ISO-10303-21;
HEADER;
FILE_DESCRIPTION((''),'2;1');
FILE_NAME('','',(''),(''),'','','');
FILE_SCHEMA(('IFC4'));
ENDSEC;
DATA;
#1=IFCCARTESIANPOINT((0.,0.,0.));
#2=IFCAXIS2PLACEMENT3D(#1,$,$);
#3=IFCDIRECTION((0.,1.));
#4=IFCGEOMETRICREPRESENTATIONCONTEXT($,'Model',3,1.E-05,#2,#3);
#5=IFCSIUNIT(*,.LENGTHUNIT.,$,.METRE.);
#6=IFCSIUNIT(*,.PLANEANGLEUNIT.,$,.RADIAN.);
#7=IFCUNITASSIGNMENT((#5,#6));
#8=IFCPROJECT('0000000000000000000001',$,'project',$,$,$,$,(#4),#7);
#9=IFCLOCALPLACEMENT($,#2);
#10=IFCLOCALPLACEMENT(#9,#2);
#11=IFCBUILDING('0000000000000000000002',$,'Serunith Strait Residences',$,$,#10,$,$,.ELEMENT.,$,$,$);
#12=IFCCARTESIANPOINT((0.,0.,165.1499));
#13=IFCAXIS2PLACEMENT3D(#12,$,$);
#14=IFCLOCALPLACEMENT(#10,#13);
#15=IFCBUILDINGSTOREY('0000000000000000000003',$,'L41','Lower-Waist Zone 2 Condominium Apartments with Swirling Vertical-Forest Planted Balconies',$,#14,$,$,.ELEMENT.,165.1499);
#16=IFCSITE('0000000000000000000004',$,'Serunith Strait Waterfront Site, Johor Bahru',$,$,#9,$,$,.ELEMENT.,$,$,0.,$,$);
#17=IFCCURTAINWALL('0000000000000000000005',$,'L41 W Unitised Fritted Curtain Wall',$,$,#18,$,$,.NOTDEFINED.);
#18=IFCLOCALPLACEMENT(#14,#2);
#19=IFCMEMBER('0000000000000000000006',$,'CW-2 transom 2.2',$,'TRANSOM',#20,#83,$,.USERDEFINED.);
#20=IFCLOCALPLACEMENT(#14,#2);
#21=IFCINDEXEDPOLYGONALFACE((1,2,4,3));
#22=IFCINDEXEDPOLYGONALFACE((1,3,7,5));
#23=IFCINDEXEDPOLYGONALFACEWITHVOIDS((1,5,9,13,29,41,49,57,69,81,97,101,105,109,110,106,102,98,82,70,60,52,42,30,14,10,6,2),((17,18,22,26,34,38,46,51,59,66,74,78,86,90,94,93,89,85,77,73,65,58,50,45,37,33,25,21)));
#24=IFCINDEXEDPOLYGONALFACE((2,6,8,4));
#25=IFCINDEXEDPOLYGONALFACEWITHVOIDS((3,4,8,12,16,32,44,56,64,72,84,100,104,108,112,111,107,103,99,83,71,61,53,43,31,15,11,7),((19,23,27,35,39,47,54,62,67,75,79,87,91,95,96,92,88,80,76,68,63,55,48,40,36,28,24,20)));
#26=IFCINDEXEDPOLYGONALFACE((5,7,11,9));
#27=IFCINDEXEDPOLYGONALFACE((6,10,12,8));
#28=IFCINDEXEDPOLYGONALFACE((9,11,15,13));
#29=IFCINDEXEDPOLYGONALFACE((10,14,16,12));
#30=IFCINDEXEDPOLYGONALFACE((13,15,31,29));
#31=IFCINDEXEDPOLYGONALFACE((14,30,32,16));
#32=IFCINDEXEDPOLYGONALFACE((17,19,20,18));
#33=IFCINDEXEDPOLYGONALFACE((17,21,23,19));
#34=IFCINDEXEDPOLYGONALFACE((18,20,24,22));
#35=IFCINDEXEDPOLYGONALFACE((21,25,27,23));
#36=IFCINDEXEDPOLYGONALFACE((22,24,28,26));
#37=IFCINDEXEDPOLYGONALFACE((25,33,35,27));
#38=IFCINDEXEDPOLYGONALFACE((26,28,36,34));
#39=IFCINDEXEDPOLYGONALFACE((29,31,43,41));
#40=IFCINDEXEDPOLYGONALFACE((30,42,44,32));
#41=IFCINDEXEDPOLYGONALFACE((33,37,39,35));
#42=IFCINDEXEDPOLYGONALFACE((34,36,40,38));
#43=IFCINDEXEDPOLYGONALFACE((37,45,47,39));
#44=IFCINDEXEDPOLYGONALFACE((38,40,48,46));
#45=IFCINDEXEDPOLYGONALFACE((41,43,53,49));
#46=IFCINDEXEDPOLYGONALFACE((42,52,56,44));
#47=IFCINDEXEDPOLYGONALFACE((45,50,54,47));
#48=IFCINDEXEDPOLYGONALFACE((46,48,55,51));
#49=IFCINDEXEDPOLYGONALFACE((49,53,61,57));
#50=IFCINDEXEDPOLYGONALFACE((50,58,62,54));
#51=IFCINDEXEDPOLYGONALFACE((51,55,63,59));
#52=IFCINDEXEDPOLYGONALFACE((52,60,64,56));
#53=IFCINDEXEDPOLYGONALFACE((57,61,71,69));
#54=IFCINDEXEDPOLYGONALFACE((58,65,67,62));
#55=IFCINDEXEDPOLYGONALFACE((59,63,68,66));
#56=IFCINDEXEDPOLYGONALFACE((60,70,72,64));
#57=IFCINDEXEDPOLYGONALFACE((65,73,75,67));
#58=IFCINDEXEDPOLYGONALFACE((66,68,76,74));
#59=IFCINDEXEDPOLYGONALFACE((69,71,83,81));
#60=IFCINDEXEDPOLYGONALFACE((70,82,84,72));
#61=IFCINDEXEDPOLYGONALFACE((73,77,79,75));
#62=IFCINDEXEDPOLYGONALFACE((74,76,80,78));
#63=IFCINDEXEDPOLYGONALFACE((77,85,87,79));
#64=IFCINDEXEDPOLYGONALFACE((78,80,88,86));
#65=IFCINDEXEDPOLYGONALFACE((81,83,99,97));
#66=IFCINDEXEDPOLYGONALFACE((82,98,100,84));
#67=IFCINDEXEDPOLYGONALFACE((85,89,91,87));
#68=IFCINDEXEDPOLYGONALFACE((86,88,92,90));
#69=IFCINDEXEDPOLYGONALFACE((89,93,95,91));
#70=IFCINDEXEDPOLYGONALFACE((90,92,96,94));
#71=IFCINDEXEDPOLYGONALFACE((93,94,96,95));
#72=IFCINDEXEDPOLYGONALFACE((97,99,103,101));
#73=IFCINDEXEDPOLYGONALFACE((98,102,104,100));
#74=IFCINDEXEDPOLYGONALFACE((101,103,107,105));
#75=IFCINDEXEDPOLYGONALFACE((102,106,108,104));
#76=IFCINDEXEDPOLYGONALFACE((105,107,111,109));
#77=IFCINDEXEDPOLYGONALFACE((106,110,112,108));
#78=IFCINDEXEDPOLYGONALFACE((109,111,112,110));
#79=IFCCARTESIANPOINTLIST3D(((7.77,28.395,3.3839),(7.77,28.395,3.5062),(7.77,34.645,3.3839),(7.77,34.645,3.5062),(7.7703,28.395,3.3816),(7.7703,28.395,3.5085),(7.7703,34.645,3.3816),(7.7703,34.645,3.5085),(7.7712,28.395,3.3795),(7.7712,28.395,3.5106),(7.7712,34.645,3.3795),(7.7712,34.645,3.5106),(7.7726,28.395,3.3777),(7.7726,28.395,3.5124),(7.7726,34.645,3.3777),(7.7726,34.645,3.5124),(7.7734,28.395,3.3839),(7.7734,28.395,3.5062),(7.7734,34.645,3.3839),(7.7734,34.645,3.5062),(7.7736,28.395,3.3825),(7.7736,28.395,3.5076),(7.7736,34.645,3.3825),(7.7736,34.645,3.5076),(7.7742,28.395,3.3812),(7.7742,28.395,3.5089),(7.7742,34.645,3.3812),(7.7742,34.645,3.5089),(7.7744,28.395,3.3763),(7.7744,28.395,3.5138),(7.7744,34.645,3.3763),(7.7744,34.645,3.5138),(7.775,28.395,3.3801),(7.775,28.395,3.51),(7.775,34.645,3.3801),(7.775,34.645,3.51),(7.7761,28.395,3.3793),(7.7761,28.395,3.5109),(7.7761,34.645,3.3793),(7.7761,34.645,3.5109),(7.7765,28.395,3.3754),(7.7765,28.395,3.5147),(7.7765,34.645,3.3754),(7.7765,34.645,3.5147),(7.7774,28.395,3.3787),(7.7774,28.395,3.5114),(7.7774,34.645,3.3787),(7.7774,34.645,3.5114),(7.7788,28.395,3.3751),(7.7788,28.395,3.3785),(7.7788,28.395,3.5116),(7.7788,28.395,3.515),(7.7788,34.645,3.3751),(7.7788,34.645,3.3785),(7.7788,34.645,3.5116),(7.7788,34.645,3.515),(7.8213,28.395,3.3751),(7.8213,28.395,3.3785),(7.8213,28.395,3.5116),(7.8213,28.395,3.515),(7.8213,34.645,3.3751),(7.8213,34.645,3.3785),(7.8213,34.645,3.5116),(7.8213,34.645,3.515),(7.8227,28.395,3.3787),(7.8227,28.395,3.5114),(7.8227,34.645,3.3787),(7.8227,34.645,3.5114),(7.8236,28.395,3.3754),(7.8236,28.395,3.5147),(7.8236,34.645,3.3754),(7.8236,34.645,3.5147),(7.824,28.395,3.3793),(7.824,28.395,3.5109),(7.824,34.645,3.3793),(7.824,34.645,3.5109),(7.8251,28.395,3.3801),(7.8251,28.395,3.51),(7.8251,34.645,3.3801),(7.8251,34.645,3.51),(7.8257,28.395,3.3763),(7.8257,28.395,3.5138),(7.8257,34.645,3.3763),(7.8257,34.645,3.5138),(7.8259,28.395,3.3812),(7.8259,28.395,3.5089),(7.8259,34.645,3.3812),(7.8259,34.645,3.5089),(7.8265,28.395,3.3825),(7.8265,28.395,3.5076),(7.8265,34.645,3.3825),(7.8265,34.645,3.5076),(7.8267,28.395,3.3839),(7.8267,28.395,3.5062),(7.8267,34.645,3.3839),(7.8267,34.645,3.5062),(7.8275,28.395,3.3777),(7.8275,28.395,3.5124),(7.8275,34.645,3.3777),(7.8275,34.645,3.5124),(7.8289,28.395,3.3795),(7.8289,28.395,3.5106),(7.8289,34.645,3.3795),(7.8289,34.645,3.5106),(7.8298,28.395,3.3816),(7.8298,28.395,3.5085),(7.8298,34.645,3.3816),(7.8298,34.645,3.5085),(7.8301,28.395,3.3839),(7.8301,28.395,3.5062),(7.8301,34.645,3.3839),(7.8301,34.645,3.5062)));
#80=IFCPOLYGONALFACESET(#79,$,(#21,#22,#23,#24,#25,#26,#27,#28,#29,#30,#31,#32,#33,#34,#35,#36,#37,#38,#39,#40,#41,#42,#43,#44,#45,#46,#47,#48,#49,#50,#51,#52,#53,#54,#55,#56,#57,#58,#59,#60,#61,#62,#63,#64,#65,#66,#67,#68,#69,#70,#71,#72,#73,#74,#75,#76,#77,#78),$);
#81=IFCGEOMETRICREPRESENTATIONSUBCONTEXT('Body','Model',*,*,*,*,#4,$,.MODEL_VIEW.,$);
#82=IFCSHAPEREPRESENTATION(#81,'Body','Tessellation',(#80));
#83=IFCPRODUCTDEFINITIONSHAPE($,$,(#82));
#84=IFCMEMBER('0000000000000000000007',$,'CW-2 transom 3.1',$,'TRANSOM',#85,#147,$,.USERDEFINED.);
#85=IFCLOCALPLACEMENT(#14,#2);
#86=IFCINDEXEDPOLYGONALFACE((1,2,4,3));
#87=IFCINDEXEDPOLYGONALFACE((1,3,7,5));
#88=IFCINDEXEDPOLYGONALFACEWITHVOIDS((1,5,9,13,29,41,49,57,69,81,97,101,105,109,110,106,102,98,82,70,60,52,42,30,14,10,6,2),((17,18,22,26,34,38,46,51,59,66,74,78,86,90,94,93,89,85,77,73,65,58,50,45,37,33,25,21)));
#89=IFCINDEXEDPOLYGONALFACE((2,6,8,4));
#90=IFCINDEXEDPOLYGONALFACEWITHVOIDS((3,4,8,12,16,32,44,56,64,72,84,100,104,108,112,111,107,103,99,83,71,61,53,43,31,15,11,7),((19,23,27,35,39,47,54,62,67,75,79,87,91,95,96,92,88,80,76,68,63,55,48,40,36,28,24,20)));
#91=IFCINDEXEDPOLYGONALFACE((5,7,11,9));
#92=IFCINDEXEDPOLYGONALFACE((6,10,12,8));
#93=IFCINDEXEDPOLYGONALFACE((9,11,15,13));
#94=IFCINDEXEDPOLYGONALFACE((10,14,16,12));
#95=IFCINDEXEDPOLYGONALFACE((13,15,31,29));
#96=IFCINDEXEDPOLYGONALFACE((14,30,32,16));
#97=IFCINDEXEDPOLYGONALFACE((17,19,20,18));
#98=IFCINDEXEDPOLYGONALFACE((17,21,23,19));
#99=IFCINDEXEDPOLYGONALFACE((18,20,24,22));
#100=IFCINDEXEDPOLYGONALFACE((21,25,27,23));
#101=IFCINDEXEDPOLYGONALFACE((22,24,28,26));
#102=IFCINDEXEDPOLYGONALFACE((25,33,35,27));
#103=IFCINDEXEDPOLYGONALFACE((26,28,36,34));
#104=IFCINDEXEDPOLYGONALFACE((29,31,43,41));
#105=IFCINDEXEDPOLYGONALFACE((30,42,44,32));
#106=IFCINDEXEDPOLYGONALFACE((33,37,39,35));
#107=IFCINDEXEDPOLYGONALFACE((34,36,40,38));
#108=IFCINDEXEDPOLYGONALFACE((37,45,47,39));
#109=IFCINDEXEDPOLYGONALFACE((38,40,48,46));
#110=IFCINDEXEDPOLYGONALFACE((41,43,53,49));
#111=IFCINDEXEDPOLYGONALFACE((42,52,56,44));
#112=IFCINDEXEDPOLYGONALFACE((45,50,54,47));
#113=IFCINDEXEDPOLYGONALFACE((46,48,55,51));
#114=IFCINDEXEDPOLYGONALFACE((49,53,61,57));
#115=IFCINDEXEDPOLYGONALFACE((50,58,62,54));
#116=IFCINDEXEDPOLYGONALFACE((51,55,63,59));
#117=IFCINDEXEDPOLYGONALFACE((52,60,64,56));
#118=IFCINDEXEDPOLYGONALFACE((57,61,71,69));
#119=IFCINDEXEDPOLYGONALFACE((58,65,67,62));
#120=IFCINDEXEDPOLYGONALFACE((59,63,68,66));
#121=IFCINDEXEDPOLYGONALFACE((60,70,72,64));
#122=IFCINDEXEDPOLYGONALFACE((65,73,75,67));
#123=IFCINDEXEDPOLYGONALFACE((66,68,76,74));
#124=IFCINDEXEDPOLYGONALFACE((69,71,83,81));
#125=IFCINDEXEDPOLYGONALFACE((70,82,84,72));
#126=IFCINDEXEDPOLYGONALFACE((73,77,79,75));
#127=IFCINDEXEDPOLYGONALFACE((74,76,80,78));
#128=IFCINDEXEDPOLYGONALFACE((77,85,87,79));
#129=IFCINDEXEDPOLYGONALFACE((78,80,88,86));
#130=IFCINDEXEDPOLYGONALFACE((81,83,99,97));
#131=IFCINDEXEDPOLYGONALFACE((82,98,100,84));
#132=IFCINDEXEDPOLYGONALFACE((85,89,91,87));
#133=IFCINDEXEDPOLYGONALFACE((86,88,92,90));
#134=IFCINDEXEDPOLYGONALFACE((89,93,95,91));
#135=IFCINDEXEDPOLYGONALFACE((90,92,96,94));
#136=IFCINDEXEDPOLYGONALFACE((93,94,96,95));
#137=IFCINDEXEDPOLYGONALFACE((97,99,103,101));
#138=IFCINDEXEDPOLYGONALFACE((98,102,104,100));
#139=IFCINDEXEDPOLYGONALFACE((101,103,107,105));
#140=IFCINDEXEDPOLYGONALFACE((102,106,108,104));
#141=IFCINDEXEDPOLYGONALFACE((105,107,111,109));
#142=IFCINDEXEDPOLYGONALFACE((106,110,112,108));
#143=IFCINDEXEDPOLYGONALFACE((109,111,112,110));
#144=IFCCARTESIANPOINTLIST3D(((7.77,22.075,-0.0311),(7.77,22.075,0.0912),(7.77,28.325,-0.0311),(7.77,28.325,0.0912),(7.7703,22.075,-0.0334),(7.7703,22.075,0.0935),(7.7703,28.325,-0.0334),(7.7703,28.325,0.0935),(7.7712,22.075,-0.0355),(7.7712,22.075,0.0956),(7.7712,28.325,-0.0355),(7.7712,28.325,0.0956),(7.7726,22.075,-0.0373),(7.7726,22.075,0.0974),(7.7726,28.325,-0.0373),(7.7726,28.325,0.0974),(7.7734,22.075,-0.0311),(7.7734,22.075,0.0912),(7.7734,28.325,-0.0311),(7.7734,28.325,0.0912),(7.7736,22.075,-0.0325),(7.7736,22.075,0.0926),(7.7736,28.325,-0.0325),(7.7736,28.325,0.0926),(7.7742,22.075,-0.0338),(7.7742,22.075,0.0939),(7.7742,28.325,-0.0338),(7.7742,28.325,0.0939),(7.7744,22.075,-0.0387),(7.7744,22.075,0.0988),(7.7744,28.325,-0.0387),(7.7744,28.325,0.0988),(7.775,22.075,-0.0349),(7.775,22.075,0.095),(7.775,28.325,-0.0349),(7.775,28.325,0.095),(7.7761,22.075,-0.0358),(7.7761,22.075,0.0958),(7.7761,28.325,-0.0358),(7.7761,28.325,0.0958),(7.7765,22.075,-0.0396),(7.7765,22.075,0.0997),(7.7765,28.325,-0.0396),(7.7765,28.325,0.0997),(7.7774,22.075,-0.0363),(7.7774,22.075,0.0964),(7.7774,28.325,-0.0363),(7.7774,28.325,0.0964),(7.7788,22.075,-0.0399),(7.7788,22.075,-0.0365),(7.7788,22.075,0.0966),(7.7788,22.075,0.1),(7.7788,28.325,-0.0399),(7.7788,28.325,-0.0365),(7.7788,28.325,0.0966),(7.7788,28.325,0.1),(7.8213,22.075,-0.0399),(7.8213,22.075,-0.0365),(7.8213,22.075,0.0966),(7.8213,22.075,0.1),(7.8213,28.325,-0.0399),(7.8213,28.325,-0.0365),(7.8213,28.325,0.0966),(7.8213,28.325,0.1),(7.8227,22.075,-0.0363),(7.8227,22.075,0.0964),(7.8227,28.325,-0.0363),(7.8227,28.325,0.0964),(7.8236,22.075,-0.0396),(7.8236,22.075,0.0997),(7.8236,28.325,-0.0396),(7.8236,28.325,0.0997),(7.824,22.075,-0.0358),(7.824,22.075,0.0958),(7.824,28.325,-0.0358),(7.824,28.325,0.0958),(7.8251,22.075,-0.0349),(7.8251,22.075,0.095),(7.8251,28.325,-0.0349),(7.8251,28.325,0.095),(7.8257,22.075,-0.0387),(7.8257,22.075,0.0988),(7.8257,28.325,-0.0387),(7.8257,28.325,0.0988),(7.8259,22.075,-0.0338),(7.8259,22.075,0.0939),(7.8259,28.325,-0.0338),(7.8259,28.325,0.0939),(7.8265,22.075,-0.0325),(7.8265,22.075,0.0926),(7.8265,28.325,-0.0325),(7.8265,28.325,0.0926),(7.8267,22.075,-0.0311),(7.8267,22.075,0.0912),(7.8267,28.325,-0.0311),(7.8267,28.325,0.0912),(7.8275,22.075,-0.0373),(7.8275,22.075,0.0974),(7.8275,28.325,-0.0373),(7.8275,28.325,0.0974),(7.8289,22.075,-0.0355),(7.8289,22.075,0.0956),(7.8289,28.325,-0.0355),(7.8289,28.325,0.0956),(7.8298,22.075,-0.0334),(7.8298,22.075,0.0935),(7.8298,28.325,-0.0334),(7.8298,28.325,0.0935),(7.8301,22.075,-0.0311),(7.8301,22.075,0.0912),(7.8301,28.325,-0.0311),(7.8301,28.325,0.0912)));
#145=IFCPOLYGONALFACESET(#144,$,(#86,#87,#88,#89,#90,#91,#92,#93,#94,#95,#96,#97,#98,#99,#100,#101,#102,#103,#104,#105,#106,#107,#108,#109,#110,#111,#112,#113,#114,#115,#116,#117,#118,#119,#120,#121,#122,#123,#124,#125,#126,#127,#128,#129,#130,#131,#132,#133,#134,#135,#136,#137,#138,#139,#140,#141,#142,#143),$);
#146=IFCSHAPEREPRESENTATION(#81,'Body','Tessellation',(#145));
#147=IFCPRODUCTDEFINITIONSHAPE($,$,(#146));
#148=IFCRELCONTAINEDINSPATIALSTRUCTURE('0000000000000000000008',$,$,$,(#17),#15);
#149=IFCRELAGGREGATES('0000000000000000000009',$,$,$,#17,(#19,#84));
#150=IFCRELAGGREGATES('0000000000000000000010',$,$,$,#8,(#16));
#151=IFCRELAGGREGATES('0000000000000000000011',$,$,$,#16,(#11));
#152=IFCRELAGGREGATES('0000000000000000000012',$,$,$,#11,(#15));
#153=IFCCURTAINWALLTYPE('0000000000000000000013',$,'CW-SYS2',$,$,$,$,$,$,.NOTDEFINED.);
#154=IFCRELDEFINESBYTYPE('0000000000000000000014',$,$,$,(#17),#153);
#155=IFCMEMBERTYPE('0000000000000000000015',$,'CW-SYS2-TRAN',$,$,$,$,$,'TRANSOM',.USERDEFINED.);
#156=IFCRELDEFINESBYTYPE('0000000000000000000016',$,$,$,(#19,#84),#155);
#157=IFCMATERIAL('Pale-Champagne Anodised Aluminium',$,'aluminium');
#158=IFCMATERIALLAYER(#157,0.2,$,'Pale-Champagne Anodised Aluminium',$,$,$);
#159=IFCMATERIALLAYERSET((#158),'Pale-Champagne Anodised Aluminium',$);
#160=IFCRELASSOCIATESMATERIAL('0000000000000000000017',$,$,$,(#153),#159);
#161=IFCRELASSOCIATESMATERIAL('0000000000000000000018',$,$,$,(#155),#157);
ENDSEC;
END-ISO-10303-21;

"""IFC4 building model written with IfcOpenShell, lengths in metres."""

from ifc_helpers import new_model, si_unit, direction, frame, origin, origin_2d, place, context, subcontext, project, spatial, hollow_rectangle, extrude, source, transform, mapped, material, layer, layer_set, material_profile, profile_set, type_object, element, aggregate, save


model = new_model("IFC4")

# Units and contexts
model_context = context("Model", 3, precision=1e-05, world=origin(), true_north=direction((0.0, 1.0)))
body_context = subcontext(model_context, "Body", "Model", "MODEL_VIEW")
ifc_project = project(units=[si_unit("LENGTHUNIT", "METRE"), si_unit("PLANEANGLEUNIT", "RADIAN")], contexts=[model_context])

# Site, building, storey
site_placement = place(None, origin())
site = spatial("IfcSite", under=ifc_project, at=site_placement, Name="Serunith Strait Waterfront Site, Johor Bahru", CompositionType="ELEMENT", RefElevation=0.0)
building_placement = place(site_placement, origin())
building = spatial("IfcBuilding", under=site, at=building_placement, Name="Serunith Strait Residences", CompositionType="ELEMENT")
storey_placement = place(building_placement, frame((0.0, 0.0, 165.1499)))
storey = spatial("IfcBuildingStorey", under=building, at=storey_placement, Name="L41", Description="Lower-Waist Zone 2 Condominium Apartments with Swirling Vertical-Forest Planted Balconies", CompositionType="ELEMENT", Elevation=165.1499)

# Curtain wall, members
ifc_material_1 = material(Name="Pale-Champagne Anodised Aluminium", Category="aluminium")
ifc_layer_1 = layer(ifc_material_1, 0.2, Name="Pale-Champagne Anodised Aluminium")
ifc_layer_set_1 = layer_set([ifc_layer_1], Name="Pale-Champagne Anodised Aluminium")
curtain_wall_type = type_object("IfcCurtainWallType", Name="CW-SYS2", PredefinedType="NOTDEFINED", material=ifc_layer_set_1)
curtain_wall_placement = place(storey_placement, origin())
curtain_wall = element("IfcCurtainWall", 1, at=curtain_wall_placement, inside=storey, type_object=curtain_wall_type, Name="L41 W Unitised Fritted Curtain Wall", PredefinedType="NOTDEFINED")
ifc_material_profile_1 = material_profile(ifc_material_1, hollow_rectangle(XDim=0.0601, YDim=0.1399, WallThickness=0.0034, InnerFilletRadius=0.0054, OuterFilletRadius=0.0088, at=origin_2d()), Name="ALU 140x60x3.5")
ifc_profile_set_1 = profile_set([ifc_material_profile_1], Name="Pale-Champagne Anodised Aluminium")
member_type_1 = type_object("IfcMemberType", Name="CW-SYS2-TRAN", ElementType="TRANSOM", PredefinedType="USERDEFINED", material=ifc_profile_set_1)
shared_shape_1 = source(origin(), body_context, "Body", "SweptSolid", [
    extrude(hollow_rectangle(XDim=0.0601, YDim=0.1399, WallThickness=0.0034, InnerFilletRadius=0.0054, OuterFilletRadius=0.0088, at=origin_2d()), origin(), (0.0, 0.0, 1.0), 6.25),
])
member_1_placement = place(storey_placement, frame((7.8, 34.645, 3.4451), z_axis=(0.0, -1.0, 0.0), x_axis=(1.0, 0.0, 0.0)))
member_1 = element("IfcMember", 2, at=member_1_placement, type_object=member_type_1, Name="CW-2 transom 2.2", ObjectType="TRANSOM", PredefinedType="USERDEFINED", context=body_context, shape_type="MappedRepresentation", body=[
    mapped(shared_shape_1, transform((0.0, 0.0, 0.0), scale=1.0)),
])
member_2_placement = place(storey_placement, frame((7.8, 28.325, 0.03), z_axis=(0.0, -1.0, 0.0), x_axis=(1.0, 0.0, 0.0)))
member_2 = element("IfcMember", 3, at=member_2_placement, type_object=member_type_1, Name="CW-2 transom 3.1", ObjectType="TRANSOM", PredefinedType="USERDEFINED", context=body_context, shape_type="MappedRepresentation", body=[
    mapped(shared_shape_1, transform((0.0, 0.0, 0.0), scale=1.0)),
])
aggregate(curtain_wall, [member_1, member_2])

save(model, "model.ifc")
